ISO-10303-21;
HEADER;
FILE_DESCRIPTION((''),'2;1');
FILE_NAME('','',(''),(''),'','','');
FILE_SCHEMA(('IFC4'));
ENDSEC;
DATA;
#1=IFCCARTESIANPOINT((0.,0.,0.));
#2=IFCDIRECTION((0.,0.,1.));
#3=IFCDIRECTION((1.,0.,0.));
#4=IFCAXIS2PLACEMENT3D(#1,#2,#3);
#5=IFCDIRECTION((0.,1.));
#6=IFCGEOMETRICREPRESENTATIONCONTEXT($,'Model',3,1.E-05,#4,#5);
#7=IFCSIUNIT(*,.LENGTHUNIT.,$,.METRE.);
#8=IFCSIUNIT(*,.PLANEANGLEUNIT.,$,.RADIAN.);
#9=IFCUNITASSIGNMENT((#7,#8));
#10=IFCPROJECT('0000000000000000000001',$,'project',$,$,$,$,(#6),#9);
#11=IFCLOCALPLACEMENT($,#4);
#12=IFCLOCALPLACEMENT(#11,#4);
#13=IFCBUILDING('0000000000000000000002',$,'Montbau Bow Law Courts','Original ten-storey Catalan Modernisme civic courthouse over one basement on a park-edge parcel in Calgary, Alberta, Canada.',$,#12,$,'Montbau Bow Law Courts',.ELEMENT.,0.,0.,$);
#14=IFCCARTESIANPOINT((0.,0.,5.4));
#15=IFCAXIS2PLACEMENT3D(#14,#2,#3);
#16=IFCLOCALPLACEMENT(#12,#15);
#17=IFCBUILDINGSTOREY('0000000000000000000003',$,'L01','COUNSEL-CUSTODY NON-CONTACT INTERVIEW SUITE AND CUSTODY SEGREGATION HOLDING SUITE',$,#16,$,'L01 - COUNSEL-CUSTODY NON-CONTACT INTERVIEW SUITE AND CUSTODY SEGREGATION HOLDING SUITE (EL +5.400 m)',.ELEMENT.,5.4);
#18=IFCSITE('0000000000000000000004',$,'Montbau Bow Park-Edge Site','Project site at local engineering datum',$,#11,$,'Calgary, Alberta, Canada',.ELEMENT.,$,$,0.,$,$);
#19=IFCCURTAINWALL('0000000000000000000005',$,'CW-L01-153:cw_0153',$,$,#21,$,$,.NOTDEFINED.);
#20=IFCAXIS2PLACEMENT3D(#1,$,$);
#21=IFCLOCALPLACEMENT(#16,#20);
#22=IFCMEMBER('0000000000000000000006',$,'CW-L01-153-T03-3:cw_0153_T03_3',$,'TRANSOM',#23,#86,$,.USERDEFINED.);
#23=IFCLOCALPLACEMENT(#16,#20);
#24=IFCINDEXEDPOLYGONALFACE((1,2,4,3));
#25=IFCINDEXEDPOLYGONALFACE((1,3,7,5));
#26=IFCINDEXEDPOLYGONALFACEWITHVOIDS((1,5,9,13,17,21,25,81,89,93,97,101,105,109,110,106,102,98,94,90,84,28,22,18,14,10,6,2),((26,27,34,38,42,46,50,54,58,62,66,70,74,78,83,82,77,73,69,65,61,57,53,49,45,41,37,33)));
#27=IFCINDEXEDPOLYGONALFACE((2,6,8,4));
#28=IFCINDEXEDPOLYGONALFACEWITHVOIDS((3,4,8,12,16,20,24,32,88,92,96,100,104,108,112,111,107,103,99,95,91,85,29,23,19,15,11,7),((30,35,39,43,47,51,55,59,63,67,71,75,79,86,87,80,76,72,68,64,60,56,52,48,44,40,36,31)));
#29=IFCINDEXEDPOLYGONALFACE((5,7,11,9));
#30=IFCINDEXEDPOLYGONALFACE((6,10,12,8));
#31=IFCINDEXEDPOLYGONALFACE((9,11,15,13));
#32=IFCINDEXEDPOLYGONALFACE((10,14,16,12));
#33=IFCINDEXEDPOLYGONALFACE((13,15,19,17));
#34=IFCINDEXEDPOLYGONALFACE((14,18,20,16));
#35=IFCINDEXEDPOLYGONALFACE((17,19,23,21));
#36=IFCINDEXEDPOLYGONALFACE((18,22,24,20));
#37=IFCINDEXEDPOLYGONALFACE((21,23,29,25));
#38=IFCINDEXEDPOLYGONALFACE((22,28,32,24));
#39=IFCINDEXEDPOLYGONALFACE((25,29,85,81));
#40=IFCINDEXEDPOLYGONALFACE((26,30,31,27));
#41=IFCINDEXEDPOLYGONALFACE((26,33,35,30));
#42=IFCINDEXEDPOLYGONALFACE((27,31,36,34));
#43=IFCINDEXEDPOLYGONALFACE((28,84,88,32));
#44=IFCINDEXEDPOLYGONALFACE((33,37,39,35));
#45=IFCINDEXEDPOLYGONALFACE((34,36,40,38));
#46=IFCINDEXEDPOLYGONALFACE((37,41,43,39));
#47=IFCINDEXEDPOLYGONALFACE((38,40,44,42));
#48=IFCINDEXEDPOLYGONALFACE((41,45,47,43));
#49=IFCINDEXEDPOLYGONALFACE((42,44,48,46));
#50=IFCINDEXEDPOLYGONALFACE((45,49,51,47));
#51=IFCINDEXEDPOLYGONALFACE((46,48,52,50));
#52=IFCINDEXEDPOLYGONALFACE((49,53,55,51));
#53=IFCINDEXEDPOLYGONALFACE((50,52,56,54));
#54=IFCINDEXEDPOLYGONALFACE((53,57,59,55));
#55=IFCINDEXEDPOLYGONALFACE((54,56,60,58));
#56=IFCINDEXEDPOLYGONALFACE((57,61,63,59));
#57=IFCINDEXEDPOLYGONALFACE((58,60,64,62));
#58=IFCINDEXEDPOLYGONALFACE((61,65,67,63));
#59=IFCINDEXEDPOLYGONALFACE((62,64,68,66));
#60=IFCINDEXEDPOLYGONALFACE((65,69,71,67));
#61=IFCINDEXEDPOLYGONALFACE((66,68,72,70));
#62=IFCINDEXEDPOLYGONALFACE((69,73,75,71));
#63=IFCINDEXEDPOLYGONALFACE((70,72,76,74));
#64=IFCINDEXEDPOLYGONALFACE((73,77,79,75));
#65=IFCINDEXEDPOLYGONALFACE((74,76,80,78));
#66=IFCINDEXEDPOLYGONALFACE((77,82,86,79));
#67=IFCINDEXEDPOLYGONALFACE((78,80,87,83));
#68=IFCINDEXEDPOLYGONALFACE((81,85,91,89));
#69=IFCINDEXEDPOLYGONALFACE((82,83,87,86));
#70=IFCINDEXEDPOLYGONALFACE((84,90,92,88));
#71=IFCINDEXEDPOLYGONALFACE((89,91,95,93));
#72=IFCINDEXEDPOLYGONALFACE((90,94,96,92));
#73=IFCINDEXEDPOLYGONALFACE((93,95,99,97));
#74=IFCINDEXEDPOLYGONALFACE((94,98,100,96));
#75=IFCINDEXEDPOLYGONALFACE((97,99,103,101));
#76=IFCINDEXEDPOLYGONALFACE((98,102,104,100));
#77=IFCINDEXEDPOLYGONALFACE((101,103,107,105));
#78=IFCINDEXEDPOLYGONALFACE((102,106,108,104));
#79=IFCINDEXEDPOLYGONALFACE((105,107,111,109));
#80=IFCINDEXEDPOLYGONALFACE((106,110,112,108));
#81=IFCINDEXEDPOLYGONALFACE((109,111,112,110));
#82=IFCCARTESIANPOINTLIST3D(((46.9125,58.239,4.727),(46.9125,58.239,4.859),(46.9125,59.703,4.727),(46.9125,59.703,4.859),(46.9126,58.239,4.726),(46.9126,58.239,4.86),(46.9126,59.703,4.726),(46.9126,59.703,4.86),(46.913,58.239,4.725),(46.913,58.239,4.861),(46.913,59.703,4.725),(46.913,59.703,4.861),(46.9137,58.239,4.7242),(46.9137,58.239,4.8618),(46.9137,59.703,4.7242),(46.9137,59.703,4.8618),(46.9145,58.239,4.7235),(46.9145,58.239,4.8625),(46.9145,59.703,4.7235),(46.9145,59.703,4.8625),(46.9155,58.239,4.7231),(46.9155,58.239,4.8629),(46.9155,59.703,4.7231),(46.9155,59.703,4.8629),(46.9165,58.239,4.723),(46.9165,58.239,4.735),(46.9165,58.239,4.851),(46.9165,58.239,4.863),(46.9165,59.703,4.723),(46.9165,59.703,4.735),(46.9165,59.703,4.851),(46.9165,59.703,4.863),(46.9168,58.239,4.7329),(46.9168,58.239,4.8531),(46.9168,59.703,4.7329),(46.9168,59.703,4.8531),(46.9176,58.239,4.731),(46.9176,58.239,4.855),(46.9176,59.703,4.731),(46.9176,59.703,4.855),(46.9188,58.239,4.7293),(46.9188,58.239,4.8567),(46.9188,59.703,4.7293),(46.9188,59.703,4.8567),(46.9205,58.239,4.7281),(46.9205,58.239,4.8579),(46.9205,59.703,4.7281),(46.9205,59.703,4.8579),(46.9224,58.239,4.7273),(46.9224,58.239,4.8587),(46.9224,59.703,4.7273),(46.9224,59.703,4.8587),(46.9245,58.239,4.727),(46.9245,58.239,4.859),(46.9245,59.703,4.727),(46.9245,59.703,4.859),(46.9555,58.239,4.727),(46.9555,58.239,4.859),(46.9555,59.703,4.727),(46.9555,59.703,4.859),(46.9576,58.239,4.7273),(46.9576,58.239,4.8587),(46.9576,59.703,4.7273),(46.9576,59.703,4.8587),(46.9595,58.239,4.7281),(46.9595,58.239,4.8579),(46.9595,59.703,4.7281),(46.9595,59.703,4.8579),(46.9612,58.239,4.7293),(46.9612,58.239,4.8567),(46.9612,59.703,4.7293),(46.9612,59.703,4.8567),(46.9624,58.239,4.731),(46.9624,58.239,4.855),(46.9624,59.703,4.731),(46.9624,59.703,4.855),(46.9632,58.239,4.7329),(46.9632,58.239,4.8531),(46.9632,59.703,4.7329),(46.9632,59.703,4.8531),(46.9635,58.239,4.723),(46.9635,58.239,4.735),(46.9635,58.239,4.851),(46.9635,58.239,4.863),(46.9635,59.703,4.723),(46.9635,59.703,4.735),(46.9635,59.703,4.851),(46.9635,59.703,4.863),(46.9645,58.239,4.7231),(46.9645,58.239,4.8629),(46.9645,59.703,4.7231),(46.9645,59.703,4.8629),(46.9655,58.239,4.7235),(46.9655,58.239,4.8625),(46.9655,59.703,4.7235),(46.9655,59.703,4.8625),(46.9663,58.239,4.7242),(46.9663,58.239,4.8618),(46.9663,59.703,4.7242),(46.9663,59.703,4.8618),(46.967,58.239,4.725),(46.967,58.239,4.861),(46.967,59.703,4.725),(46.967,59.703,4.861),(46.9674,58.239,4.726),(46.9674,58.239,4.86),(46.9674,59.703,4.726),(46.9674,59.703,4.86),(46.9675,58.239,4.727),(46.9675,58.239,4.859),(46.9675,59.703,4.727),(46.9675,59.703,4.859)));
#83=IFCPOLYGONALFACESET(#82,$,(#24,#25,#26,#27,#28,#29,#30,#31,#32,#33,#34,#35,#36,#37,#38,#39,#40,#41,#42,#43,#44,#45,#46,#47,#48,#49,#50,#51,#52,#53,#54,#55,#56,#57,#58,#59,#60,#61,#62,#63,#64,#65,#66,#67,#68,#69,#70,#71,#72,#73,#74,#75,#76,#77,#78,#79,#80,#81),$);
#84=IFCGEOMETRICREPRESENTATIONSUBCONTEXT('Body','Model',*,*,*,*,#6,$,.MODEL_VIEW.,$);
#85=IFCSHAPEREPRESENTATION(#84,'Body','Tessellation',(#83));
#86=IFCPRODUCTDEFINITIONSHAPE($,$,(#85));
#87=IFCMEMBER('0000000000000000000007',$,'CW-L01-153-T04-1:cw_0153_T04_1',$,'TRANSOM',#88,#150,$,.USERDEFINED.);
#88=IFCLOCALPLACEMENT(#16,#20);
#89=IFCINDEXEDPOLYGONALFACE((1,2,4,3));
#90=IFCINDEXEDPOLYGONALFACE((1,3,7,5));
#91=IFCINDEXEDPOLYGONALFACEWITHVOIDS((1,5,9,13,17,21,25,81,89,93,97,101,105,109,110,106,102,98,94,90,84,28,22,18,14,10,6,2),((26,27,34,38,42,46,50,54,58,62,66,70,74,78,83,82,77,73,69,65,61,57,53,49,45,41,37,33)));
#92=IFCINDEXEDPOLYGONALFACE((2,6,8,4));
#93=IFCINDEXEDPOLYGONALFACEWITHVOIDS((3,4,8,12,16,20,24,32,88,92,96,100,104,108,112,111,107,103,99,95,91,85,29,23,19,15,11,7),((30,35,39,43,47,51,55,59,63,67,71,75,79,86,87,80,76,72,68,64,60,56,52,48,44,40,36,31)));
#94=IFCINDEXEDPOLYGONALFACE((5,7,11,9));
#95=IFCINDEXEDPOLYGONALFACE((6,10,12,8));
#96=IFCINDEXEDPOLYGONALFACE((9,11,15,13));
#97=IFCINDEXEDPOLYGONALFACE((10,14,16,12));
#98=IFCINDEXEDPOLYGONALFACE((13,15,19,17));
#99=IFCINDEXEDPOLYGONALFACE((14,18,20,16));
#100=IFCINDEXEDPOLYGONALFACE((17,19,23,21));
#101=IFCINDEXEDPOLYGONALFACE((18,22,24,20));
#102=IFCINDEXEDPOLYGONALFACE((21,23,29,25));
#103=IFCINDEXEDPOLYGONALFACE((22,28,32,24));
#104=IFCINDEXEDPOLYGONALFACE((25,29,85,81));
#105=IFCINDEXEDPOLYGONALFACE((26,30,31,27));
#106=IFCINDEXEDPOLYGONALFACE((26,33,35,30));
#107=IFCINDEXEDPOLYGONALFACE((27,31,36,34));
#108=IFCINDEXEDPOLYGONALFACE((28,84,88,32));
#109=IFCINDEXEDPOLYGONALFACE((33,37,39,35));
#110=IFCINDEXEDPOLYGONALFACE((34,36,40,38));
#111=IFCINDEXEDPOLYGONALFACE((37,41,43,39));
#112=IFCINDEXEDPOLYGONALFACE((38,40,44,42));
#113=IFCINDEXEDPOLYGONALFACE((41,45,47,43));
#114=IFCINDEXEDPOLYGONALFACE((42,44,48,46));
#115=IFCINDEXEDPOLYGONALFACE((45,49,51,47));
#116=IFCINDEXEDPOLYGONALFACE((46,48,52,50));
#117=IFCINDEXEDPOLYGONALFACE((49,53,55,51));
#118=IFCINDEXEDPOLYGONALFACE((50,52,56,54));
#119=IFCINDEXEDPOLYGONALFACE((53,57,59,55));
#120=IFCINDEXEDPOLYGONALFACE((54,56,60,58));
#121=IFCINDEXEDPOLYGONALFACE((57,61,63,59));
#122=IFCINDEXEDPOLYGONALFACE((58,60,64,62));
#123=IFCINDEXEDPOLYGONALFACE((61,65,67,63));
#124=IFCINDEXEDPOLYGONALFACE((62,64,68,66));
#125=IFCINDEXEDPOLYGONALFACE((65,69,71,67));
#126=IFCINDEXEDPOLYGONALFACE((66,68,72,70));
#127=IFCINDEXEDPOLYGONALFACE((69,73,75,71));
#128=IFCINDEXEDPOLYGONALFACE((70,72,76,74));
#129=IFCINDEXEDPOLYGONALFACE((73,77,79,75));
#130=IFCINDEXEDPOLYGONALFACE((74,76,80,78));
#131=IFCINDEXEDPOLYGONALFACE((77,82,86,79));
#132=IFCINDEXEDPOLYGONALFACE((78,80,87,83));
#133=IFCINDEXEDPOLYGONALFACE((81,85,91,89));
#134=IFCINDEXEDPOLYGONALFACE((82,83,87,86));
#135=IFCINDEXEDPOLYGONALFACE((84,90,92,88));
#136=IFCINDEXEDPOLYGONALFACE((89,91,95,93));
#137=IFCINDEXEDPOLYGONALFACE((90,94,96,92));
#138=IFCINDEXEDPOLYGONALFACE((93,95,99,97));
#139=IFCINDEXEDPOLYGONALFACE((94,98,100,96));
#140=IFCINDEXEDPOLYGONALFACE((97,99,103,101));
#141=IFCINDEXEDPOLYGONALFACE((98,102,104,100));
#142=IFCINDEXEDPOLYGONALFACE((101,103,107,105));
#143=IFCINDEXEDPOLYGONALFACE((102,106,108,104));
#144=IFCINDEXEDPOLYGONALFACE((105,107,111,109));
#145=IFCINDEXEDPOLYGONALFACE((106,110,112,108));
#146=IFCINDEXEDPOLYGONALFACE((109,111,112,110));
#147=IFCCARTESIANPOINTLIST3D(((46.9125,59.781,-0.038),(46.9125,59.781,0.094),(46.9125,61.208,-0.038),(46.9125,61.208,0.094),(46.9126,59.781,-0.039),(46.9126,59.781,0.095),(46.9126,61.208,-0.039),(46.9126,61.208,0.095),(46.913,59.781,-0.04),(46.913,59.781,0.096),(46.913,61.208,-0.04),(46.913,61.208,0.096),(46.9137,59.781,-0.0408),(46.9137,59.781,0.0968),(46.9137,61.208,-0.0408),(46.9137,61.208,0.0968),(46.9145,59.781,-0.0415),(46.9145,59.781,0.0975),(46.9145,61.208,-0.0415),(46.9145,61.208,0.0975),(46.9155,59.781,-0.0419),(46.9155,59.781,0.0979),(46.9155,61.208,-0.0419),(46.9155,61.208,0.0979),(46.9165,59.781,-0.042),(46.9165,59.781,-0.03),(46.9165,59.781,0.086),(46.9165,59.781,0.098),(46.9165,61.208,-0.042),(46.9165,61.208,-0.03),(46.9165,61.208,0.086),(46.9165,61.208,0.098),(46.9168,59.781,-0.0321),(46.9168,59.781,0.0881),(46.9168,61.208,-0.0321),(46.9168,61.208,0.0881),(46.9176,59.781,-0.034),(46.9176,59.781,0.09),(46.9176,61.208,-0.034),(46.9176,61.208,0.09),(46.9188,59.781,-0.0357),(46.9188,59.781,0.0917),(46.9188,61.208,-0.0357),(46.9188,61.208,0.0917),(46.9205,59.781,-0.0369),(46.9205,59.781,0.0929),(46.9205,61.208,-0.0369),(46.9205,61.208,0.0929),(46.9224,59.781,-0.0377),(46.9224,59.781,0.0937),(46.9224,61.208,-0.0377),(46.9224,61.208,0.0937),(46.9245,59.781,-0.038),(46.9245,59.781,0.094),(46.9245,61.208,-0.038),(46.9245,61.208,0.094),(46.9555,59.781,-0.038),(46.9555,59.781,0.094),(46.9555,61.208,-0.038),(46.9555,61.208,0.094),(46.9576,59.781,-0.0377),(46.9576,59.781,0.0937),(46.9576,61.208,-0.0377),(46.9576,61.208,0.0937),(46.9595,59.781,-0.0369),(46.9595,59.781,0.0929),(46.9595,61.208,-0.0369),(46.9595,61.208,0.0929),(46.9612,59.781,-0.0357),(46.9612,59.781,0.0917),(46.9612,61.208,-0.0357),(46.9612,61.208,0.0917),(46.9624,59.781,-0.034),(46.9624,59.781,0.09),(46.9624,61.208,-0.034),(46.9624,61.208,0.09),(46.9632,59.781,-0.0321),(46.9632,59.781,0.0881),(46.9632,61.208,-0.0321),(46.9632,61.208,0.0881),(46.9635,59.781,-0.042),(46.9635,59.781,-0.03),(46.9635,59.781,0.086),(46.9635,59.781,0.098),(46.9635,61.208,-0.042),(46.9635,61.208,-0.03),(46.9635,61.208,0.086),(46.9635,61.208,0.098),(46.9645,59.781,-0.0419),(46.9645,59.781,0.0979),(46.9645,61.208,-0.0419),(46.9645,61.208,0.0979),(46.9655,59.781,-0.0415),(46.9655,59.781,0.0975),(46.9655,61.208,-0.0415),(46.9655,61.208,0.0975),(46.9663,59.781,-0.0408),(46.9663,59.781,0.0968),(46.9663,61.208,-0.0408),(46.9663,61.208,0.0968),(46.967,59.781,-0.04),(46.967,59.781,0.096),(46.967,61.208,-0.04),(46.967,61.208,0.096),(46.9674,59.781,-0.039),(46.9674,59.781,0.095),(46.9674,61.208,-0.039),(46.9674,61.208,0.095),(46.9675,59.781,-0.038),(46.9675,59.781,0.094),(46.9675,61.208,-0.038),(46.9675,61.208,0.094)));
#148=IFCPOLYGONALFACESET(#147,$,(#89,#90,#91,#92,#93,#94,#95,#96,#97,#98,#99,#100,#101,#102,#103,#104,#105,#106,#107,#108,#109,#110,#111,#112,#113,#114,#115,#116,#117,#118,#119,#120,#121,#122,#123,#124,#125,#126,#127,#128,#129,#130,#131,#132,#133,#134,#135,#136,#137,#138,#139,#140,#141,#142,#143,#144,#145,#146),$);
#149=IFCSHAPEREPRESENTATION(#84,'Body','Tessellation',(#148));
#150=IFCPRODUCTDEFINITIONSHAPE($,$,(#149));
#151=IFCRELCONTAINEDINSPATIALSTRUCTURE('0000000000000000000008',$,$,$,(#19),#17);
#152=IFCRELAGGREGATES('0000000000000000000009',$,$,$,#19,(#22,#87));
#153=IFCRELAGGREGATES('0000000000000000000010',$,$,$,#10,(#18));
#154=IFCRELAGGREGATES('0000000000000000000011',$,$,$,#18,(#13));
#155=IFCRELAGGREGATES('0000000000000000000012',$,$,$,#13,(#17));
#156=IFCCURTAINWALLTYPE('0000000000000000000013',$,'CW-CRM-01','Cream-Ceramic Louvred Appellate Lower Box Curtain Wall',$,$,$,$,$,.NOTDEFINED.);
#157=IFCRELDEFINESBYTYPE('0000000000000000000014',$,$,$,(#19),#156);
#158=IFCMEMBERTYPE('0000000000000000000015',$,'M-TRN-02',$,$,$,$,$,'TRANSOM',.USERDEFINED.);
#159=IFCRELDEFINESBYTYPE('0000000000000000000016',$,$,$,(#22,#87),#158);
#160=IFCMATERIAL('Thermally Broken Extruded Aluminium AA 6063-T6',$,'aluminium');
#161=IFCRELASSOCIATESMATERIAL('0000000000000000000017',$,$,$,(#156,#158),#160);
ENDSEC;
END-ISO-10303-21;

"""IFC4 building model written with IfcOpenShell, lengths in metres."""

from ifc_helpers import new_model, si_unit, direction, frame, origin_with_axes, origin_2d_with_axis, place, context, subcontext, project, spatial, hollow_rectangle, extrude, material, material_profile, profile_set, type_object, element, aggregate, save


model = new_model("IFC4")

# Units and contexts
model_context = context("Model", 3, precision=1e-05, world=origin_with_axes(), true_north=direction((0.0, 1.0)))
body_context = subcontext(model_context, "Body", "Model", "MODEL_VIEW")
ifc_project = project(units=[si_unit("LENGTHUNIT", "METRE"), si_unit("PLANEANGLEUNIT", "RADIAN")], contexts=[model_context])

# Site, building, storey
site_placement = place(None, origin_with_axes())
site = spatial("IfcSite", under=ifc_project, at=site_placement, Name="Montbau Bow Park-Edge Site", Description="Project site at local engineering datum", LongName="Calgary, Alberta, Canada", CompositionType="ELEMENT", RefElevation=0.0)
building_placement = place(site_placement, origin_with_axes())
building = spatial("IfcBuilding", under=site, at=building_placement, Name="Montbau Bow Law Courts", Description="Original ten-storey Catalan Modernisme civic courthouse over one basement on a park-edge parcel in Calgary, Alberta, Canada.", LongName="Montbau Bow Law Courts", CompositionType="ELEMENT", ElevationOfRefHeight=0.0, ElevationOfTerrain=0.0)
storey_placement = place(building_placement, frame((0.0, 0.0, 5.4), z_axis=(0.0, 0.0, 1.0), x_axis=(1.0, 0.0, 0.0)))
storey = spatial("IfcBuildingStorey", under=building, at=storey_placement, Name="L01", Description="COUNSEL-CUSTODY NON-CONTACT INTERVIEW SUITE AND CUSTODY SEGREGATION HOLDING SUITE", LongName="L01 - COUNSEL-CUSTODY NON-CONTACT INTERVIEW SUITE AND CUSTODY SEGREGATION HOLDING SUITE (EL +5.400 m)", CompositionType="ELEMENT", Elevation=5.4)

# Curtain wall, members
ifc_material_1 = material(Name="Thermally Broken Extruded Aluminium AA 6063-T6", Category="aluminium")
curtain_wall_type = type_object("IfcCurtainWallType", Name="CW-CRM-01", Description="Cream-Ceramic Louvred Appellate Lower Box Curtain Wall", PredefinedType="NOTDEFINED", material=ifc_material_1)
curtain_wall_placement = place(None, frame((46.94, 55.115, 5.4), z_axis=(0.0, 0.0, 1.0), x_axis=(1.0, 0.0, 0.0)))
curtain_wall = element("IfcCurtainWall", 1, at=curtain_wall_placement, inside=storey, type_object=curtain_wall_type, Name="CW-L01-153:cw_0153", PredefinedType="NOTDEFINED")
ifc_material_profile_1 = material_profile(ifc_material_1, hollow_rectangle(XDim=0.055, YDim=0.14, WallThickness=0.004, InnerFilletRadius=0.008, OuterFilletRadius=0.004, at=origin_2d_with_axis()), Name="CWT-140X55", Category="Main", Priority=0)
ifc_profile_set_1 = profile_set([ifc_material_profile_1], Name="Thermally Broken Extruded Aluminium AA 6063-T6")
member_type_1 = type_object("IfcMemberType", Name="M-TRN-02", ElementType="TRANSOM", PredefinedType="USERDEFINED", material=ifc_profile_set_1)
member_1_placement = place(None, frame((46.94, 58.239, 10.193), z_axis=(0.0, 1.0, 0.0), x_axis=(-1.0, 0.0, 0.0)))
member_1 = element("IfcMember", 2, at=member_1_placement, type_object=member_type_1, Name="CW-L01-153-T03-3:cw_0153_T03_3", ObjectType="TRANSOM", PredefinedType="USERDEFINED", context=body_context, shape_type="SweptSolid", body=[
    extrude(hollow_rectangle(XDim=0.055, YDim=0.14, WallThickness=0.004, InnerFilletRadius=0.008, OuterFilletRadius=0.004, at=origin_2d_with_axis()), origin_with_axes(), (0.0, 0.0, 1.0), 1.464),
])
member_2_placement = place(None, frame((46.94, 59.781, 5.428), z_axis=(0.0, 1.0, 0.0), x_axis=(-1.0, 0.0, 0.0)))
member_2 = element("IfcMember", 3, at=member_2_placement, type_object=member_type_1, Name="CW-L01-153-T04-1:cw_0153_T04_1", ObjectType="TRANSOM", PredefinedType="USERDEFINED", context=body_context, shape_type="SweptSolid", body=[
    extrude(hollow_rectangle(XDim=0.055, YDim=0.14, WallThickness=0.004, InnerFilletRadius=0.008, OuterFilletRadius=0.004, at=origin_2d_with_axis()), origin_with_axes(), (0.0, 0.0, 1.0), 1.427),
])
aggregate(curtain_wall, [member_1, member_2])

save(model, "model.ifc")
